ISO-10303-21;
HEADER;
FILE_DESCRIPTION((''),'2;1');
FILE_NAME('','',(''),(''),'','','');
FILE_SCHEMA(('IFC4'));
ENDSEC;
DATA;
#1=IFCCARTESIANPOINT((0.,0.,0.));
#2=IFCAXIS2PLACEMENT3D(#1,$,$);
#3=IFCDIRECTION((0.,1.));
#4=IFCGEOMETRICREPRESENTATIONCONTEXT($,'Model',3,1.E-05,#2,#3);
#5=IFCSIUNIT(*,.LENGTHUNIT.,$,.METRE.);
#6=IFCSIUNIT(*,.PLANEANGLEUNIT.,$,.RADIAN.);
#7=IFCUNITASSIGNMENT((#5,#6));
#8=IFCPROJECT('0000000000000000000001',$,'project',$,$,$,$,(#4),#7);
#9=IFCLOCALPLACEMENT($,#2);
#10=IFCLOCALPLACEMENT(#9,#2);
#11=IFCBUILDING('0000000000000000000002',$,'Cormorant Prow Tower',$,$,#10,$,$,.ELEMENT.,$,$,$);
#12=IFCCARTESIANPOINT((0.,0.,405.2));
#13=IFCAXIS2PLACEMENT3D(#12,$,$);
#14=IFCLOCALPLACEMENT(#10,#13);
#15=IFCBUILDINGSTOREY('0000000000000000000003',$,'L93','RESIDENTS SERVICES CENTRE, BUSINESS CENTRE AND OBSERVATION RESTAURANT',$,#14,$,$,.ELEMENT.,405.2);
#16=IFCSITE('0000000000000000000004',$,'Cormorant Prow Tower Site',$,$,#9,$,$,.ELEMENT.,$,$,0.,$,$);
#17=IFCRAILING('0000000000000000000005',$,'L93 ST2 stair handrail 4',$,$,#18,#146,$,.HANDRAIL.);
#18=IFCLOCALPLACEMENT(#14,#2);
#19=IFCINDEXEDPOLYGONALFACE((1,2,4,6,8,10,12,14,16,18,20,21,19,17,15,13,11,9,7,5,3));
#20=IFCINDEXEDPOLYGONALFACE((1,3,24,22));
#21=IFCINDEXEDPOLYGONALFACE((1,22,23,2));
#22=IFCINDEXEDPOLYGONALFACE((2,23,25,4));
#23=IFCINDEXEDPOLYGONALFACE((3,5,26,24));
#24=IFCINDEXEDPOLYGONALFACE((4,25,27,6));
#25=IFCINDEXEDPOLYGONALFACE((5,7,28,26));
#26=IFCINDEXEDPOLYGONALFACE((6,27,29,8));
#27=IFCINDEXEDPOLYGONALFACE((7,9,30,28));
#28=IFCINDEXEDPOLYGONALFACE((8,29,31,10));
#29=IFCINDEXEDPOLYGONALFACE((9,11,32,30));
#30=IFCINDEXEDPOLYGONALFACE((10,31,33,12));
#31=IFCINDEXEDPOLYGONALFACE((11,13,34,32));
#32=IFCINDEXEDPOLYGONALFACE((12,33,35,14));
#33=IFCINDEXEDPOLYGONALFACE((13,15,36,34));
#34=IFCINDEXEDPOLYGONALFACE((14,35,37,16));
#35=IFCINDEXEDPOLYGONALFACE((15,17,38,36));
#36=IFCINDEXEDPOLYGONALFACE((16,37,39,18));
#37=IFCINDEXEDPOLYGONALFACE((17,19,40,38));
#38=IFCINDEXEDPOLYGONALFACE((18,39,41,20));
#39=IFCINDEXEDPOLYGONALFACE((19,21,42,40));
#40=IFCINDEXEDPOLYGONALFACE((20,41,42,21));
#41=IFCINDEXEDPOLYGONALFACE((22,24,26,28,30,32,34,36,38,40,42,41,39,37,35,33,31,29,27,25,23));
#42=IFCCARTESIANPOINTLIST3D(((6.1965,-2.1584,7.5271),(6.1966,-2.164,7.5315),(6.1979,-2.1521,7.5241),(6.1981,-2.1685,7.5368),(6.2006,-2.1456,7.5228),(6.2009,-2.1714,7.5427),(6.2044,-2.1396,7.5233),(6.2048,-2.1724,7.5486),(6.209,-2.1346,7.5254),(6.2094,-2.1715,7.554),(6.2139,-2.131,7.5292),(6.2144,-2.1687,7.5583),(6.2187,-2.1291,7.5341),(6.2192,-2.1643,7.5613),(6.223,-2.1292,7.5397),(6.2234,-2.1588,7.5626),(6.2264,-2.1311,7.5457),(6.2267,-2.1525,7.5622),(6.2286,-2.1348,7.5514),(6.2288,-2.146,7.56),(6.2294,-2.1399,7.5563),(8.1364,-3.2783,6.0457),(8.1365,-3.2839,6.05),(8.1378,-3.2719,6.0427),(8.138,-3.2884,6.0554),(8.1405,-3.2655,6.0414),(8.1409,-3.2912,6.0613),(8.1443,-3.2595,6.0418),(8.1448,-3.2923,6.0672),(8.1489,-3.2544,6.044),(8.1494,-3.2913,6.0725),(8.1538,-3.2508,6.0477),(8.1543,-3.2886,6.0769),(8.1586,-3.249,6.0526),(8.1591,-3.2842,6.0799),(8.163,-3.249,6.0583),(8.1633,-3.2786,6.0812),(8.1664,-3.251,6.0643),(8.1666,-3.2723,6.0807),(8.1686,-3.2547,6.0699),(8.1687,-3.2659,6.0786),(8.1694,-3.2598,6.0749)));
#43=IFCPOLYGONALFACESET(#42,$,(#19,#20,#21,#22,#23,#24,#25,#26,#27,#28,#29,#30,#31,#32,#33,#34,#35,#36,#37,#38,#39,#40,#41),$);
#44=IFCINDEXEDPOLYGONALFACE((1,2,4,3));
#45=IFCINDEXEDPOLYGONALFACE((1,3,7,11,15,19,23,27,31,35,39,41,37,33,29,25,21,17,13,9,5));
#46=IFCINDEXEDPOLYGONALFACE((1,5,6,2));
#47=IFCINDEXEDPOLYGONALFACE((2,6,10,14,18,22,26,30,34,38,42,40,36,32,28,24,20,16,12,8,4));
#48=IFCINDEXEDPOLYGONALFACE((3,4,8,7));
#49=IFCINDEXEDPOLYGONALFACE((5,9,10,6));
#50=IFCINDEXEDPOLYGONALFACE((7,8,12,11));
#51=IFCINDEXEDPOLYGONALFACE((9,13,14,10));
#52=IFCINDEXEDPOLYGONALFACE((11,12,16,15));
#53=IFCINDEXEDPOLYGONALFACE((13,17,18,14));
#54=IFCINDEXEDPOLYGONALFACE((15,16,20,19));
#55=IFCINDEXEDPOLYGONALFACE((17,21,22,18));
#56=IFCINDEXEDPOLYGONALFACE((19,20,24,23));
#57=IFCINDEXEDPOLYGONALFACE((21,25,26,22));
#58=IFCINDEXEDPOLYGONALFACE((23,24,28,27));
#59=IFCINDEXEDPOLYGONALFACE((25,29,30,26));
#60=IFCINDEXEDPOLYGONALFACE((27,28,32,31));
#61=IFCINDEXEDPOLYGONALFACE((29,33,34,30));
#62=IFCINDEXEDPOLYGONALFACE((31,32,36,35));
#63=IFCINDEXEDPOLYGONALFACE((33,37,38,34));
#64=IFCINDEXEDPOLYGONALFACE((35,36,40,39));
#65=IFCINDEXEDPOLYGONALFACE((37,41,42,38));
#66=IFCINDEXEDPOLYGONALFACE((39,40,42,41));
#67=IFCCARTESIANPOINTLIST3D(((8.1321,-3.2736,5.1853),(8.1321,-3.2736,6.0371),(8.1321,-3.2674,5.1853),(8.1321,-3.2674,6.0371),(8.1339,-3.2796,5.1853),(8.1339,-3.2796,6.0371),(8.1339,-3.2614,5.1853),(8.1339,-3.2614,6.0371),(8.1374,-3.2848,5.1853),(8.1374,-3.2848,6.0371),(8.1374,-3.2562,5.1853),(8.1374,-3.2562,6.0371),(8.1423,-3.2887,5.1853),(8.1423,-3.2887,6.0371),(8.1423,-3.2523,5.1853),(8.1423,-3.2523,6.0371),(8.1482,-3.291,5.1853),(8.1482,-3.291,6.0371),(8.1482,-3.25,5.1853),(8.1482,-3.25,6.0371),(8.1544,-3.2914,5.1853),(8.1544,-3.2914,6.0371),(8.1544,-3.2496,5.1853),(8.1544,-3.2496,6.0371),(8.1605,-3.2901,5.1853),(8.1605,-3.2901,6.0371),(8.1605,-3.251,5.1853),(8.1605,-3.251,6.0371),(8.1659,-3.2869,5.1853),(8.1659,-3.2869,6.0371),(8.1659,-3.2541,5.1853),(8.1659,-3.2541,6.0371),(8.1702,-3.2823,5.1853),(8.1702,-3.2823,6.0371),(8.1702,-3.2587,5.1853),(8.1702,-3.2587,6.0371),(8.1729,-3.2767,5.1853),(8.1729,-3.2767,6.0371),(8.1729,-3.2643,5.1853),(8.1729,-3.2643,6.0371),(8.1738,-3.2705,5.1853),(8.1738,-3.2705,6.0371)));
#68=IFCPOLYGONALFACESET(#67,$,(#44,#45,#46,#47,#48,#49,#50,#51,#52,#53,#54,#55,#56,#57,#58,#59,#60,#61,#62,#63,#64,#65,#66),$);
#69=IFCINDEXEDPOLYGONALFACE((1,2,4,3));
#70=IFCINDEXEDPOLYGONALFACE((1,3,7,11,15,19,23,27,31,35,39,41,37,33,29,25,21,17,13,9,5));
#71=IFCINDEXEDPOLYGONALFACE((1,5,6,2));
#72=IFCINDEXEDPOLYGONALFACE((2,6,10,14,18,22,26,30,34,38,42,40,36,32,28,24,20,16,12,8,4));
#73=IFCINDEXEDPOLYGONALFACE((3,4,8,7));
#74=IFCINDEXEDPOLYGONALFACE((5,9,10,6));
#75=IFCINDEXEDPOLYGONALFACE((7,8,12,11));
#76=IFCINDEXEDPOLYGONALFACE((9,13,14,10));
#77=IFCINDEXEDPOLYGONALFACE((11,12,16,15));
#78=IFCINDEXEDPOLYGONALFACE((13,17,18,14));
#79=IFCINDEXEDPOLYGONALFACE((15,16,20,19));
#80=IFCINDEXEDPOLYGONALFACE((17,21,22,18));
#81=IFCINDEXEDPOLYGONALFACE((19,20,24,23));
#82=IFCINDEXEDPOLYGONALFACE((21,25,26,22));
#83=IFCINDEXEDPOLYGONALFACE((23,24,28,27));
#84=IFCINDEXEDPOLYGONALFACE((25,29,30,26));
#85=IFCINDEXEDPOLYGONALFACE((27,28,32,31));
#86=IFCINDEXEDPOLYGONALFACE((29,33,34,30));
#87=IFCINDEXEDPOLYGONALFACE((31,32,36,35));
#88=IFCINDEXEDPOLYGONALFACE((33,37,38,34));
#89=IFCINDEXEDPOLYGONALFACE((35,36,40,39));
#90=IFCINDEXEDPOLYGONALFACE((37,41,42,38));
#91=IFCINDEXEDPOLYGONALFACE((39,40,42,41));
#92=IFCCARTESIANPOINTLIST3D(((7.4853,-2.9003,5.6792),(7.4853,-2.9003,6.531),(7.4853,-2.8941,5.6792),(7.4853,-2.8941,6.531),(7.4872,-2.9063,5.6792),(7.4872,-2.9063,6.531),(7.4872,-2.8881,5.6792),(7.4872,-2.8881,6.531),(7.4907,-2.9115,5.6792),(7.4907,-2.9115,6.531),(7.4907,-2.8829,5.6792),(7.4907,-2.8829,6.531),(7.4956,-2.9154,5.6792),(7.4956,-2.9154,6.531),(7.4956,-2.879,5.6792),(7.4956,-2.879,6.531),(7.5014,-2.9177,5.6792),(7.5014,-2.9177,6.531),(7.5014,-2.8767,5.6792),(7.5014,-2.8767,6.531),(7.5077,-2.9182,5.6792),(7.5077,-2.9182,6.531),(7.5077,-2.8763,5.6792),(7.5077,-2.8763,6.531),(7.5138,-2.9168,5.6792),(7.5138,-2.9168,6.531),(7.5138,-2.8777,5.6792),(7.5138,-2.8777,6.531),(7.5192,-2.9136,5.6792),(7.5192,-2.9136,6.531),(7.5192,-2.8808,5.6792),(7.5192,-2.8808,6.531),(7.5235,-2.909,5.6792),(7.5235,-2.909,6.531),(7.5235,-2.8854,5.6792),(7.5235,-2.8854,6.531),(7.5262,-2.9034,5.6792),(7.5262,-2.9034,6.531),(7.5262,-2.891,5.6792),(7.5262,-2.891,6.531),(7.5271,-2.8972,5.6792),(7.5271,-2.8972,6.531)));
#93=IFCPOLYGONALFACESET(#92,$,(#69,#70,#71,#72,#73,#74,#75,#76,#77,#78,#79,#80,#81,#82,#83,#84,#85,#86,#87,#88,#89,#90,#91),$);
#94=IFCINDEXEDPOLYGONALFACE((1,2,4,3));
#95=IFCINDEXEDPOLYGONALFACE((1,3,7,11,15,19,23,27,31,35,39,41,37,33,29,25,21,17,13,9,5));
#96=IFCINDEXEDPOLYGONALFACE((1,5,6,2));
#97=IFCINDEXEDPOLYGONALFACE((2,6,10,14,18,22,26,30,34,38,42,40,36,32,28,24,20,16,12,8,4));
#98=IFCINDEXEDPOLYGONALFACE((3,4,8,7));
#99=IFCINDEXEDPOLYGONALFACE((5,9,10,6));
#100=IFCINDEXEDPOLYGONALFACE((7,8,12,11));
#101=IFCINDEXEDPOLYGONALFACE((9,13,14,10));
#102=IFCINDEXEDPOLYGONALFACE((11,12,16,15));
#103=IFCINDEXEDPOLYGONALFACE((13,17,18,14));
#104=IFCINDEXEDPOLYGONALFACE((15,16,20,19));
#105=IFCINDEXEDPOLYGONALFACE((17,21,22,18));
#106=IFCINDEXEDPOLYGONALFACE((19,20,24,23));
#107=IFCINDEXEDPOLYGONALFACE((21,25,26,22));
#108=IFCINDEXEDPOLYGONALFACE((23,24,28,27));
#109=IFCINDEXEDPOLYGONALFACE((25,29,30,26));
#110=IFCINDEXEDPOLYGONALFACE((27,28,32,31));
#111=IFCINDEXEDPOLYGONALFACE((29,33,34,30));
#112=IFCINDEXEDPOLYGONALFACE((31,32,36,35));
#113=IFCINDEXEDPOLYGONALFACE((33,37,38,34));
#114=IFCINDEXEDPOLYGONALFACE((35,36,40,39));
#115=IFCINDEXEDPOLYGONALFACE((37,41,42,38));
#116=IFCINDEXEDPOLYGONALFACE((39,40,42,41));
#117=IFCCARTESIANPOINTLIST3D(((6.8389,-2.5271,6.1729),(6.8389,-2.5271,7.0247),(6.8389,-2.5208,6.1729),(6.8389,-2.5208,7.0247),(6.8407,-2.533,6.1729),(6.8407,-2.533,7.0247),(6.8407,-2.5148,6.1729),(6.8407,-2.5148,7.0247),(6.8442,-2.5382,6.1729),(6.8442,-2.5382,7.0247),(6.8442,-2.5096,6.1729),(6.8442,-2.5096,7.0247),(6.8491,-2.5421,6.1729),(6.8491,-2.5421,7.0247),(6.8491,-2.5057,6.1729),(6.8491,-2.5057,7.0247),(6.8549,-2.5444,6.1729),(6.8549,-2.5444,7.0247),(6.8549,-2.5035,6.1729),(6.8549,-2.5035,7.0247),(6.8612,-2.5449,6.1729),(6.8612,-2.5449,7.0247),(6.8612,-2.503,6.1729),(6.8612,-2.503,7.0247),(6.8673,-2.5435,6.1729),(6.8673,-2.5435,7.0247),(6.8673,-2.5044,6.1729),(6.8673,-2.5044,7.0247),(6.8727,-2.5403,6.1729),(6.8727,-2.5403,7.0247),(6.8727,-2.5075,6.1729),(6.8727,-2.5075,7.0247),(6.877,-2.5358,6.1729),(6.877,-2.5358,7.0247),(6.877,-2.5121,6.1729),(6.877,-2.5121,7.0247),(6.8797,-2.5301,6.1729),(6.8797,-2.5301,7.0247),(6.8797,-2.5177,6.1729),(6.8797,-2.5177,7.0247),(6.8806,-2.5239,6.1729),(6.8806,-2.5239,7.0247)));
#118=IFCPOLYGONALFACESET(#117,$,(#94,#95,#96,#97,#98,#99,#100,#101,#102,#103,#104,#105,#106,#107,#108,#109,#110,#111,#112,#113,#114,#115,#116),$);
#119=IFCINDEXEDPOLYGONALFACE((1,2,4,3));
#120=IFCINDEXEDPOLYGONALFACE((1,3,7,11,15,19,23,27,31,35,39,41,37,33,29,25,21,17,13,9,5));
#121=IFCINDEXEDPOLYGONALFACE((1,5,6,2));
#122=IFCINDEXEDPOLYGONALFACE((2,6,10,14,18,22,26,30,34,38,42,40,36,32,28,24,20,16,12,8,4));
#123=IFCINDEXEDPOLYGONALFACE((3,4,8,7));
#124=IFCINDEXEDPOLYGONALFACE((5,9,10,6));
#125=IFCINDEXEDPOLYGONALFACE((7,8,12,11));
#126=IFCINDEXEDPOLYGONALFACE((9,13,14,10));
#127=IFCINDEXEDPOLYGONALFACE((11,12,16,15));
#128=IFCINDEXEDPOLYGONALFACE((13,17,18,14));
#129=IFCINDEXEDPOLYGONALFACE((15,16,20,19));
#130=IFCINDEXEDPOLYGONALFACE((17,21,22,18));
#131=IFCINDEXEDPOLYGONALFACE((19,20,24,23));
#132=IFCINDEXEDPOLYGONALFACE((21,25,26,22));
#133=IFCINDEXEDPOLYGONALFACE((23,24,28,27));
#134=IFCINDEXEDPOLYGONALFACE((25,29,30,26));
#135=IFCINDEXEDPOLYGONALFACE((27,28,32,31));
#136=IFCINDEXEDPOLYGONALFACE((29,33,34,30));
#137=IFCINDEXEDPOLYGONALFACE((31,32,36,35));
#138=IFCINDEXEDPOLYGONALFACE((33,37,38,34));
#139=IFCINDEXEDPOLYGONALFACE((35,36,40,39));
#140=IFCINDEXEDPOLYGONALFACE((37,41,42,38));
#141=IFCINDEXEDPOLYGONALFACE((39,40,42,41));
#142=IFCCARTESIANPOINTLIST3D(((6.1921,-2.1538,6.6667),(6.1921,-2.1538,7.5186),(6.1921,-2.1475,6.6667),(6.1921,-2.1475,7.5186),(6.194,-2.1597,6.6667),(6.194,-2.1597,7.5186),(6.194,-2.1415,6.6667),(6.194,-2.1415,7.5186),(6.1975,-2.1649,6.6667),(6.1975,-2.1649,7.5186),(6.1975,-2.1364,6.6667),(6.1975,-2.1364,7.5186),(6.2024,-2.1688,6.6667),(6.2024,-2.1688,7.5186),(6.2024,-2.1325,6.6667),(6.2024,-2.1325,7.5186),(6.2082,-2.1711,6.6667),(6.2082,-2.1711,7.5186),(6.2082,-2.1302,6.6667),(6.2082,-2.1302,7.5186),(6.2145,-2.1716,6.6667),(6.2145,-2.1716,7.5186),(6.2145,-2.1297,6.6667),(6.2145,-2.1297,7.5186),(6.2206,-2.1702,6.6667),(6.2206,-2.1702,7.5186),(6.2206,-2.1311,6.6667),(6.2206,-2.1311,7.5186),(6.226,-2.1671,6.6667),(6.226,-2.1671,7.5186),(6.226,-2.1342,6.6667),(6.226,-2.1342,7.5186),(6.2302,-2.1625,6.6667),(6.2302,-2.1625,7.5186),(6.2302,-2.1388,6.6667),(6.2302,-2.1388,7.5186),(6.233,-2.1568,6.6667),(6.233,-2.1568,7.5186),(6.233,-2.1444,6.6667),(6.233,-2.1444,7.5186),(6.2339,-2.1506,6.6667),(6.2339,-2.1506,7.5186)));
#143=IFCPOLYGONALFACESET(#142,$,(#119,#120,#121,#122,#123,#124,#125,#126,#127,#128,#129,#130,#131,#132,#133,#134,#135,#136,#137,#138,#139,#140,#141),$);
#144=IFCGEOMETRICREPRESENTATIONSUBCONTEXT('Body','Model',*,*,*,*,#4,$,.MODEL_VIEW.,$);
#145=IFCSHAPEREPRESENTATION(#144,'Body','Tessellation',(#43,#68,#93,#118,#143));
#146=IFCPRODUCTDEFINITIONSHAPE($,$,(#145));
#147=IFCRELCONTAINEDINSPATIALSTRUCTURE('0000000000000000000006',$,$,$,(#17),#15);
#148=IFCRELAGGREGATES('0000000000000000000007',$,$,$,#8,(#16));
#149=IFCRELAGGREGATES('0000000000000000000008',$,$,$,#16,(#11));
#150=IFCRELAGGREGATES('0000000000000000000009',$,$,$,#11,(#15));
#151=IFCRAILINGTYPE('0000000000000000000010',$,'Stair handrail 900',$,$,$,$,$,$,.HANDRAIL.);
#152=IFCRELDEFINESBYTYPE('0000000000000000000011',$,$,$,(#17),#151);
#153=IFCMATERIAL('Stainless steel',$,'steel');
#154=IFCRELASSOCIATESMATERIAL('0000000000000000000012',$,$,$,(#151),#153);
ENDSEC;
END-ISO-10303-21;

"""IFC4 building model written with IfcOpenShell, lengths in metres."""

from ifc_helpers import new_model, si_unit, direction, frame, origin, origin_2d, place, context, subcontext, project, spatial, circle, extrude, material, type_object, element, save


model = new_model("IFC4")

# Units and contexts
model_context = context("Model", 3, precision=1e-05, world=origin(), true_north=direction((0.0, 1.0)))
body_context = subcontext(model_context, "Body", "Model", "MODEL_VIEW")
ifc_project = project(units=[si_unit("LENGTHUNIT", "METRE"), si_unit("PLANEANGLEUNIT", "RADIAN")], contexts=[model_context])

# Site, building, storey
site_placement = place(None, origin())
site = spatial("IfcSite", under=ifc_project, at=site_placement, Name="Cormorant Prow Tower Site", CompositionType="ELEMENT", RefElevation=0.0)
building_placement = place(site_placement, origin())
building = spatial("IfcBuilding", under=site, at=building_placement, Name="Cormorant Prow Tower", CompositionType="ELEMENT")
storey_placement = place(building_placement, frame((0.0, 0.0, 405.2)))
storey = spatial("IfcBuildingStorey", under=building, at=storey_placement, Name="L93", Description="RESIDENTS SERVICES CENTRE, BUSINESS CENTRE AND OBSERVATION RESTAURANT", CompositionType="ELEMENT", Elevation=405.2)

# Railing
ifc_material_1 = material(Name="Stainless steel", Category="steel")
railing_type_1 = type_object("IfcRailingType", Name="Stair handrail 900", PredefinedType="HANDRAIL", material=ifc_material_1)
railing_1_placement = place(storey_placement, frame((8.1528, -3.2705, 5.1853)))
element("IfcRailing", 1, at=railing_1_placement, inside=storey, type_object=railing_type_1, Name="L93 ST2 stair handrail 4", PredefinedType="HANDRAIL", context=body_context, shape_type="SweptSolid", body=[
    extrude(circle(Radius=0.0239, at=origin_2d()), frame((0.0, 0.0, 0.876), z_axis=(-0.722363, 0.417, 0.551636), x_axis=(-0.499949, -0.866055, 0.0)), (0.0, 0.0, 1.0), 2.6855),
    extrude(circle(Radius=0.021, at=origin_2d()), origin(), (0.0, 0.0, 1.0), 0.8518),
    extrude(circle(Radius=0.021, at=origin_2d()), frame((-0.6467, 0.3733, 0.4939)), (0.0, 0.0, 1.0), 0.8518),
    extrude(circle(Radius=0.021, at=origin_2d()), frame((-1.2932, 0.7466, 0.9875)), (0.0, 0.0, 1.0), 0.8518),
    extrude(circle(Radius=0.021, at=origin_2d()), frame((-1.9399, 1.1199, 1.4814)), (0.0, 0.0, 1.0), 0.8518),
])

save(model, "model.ifc")
